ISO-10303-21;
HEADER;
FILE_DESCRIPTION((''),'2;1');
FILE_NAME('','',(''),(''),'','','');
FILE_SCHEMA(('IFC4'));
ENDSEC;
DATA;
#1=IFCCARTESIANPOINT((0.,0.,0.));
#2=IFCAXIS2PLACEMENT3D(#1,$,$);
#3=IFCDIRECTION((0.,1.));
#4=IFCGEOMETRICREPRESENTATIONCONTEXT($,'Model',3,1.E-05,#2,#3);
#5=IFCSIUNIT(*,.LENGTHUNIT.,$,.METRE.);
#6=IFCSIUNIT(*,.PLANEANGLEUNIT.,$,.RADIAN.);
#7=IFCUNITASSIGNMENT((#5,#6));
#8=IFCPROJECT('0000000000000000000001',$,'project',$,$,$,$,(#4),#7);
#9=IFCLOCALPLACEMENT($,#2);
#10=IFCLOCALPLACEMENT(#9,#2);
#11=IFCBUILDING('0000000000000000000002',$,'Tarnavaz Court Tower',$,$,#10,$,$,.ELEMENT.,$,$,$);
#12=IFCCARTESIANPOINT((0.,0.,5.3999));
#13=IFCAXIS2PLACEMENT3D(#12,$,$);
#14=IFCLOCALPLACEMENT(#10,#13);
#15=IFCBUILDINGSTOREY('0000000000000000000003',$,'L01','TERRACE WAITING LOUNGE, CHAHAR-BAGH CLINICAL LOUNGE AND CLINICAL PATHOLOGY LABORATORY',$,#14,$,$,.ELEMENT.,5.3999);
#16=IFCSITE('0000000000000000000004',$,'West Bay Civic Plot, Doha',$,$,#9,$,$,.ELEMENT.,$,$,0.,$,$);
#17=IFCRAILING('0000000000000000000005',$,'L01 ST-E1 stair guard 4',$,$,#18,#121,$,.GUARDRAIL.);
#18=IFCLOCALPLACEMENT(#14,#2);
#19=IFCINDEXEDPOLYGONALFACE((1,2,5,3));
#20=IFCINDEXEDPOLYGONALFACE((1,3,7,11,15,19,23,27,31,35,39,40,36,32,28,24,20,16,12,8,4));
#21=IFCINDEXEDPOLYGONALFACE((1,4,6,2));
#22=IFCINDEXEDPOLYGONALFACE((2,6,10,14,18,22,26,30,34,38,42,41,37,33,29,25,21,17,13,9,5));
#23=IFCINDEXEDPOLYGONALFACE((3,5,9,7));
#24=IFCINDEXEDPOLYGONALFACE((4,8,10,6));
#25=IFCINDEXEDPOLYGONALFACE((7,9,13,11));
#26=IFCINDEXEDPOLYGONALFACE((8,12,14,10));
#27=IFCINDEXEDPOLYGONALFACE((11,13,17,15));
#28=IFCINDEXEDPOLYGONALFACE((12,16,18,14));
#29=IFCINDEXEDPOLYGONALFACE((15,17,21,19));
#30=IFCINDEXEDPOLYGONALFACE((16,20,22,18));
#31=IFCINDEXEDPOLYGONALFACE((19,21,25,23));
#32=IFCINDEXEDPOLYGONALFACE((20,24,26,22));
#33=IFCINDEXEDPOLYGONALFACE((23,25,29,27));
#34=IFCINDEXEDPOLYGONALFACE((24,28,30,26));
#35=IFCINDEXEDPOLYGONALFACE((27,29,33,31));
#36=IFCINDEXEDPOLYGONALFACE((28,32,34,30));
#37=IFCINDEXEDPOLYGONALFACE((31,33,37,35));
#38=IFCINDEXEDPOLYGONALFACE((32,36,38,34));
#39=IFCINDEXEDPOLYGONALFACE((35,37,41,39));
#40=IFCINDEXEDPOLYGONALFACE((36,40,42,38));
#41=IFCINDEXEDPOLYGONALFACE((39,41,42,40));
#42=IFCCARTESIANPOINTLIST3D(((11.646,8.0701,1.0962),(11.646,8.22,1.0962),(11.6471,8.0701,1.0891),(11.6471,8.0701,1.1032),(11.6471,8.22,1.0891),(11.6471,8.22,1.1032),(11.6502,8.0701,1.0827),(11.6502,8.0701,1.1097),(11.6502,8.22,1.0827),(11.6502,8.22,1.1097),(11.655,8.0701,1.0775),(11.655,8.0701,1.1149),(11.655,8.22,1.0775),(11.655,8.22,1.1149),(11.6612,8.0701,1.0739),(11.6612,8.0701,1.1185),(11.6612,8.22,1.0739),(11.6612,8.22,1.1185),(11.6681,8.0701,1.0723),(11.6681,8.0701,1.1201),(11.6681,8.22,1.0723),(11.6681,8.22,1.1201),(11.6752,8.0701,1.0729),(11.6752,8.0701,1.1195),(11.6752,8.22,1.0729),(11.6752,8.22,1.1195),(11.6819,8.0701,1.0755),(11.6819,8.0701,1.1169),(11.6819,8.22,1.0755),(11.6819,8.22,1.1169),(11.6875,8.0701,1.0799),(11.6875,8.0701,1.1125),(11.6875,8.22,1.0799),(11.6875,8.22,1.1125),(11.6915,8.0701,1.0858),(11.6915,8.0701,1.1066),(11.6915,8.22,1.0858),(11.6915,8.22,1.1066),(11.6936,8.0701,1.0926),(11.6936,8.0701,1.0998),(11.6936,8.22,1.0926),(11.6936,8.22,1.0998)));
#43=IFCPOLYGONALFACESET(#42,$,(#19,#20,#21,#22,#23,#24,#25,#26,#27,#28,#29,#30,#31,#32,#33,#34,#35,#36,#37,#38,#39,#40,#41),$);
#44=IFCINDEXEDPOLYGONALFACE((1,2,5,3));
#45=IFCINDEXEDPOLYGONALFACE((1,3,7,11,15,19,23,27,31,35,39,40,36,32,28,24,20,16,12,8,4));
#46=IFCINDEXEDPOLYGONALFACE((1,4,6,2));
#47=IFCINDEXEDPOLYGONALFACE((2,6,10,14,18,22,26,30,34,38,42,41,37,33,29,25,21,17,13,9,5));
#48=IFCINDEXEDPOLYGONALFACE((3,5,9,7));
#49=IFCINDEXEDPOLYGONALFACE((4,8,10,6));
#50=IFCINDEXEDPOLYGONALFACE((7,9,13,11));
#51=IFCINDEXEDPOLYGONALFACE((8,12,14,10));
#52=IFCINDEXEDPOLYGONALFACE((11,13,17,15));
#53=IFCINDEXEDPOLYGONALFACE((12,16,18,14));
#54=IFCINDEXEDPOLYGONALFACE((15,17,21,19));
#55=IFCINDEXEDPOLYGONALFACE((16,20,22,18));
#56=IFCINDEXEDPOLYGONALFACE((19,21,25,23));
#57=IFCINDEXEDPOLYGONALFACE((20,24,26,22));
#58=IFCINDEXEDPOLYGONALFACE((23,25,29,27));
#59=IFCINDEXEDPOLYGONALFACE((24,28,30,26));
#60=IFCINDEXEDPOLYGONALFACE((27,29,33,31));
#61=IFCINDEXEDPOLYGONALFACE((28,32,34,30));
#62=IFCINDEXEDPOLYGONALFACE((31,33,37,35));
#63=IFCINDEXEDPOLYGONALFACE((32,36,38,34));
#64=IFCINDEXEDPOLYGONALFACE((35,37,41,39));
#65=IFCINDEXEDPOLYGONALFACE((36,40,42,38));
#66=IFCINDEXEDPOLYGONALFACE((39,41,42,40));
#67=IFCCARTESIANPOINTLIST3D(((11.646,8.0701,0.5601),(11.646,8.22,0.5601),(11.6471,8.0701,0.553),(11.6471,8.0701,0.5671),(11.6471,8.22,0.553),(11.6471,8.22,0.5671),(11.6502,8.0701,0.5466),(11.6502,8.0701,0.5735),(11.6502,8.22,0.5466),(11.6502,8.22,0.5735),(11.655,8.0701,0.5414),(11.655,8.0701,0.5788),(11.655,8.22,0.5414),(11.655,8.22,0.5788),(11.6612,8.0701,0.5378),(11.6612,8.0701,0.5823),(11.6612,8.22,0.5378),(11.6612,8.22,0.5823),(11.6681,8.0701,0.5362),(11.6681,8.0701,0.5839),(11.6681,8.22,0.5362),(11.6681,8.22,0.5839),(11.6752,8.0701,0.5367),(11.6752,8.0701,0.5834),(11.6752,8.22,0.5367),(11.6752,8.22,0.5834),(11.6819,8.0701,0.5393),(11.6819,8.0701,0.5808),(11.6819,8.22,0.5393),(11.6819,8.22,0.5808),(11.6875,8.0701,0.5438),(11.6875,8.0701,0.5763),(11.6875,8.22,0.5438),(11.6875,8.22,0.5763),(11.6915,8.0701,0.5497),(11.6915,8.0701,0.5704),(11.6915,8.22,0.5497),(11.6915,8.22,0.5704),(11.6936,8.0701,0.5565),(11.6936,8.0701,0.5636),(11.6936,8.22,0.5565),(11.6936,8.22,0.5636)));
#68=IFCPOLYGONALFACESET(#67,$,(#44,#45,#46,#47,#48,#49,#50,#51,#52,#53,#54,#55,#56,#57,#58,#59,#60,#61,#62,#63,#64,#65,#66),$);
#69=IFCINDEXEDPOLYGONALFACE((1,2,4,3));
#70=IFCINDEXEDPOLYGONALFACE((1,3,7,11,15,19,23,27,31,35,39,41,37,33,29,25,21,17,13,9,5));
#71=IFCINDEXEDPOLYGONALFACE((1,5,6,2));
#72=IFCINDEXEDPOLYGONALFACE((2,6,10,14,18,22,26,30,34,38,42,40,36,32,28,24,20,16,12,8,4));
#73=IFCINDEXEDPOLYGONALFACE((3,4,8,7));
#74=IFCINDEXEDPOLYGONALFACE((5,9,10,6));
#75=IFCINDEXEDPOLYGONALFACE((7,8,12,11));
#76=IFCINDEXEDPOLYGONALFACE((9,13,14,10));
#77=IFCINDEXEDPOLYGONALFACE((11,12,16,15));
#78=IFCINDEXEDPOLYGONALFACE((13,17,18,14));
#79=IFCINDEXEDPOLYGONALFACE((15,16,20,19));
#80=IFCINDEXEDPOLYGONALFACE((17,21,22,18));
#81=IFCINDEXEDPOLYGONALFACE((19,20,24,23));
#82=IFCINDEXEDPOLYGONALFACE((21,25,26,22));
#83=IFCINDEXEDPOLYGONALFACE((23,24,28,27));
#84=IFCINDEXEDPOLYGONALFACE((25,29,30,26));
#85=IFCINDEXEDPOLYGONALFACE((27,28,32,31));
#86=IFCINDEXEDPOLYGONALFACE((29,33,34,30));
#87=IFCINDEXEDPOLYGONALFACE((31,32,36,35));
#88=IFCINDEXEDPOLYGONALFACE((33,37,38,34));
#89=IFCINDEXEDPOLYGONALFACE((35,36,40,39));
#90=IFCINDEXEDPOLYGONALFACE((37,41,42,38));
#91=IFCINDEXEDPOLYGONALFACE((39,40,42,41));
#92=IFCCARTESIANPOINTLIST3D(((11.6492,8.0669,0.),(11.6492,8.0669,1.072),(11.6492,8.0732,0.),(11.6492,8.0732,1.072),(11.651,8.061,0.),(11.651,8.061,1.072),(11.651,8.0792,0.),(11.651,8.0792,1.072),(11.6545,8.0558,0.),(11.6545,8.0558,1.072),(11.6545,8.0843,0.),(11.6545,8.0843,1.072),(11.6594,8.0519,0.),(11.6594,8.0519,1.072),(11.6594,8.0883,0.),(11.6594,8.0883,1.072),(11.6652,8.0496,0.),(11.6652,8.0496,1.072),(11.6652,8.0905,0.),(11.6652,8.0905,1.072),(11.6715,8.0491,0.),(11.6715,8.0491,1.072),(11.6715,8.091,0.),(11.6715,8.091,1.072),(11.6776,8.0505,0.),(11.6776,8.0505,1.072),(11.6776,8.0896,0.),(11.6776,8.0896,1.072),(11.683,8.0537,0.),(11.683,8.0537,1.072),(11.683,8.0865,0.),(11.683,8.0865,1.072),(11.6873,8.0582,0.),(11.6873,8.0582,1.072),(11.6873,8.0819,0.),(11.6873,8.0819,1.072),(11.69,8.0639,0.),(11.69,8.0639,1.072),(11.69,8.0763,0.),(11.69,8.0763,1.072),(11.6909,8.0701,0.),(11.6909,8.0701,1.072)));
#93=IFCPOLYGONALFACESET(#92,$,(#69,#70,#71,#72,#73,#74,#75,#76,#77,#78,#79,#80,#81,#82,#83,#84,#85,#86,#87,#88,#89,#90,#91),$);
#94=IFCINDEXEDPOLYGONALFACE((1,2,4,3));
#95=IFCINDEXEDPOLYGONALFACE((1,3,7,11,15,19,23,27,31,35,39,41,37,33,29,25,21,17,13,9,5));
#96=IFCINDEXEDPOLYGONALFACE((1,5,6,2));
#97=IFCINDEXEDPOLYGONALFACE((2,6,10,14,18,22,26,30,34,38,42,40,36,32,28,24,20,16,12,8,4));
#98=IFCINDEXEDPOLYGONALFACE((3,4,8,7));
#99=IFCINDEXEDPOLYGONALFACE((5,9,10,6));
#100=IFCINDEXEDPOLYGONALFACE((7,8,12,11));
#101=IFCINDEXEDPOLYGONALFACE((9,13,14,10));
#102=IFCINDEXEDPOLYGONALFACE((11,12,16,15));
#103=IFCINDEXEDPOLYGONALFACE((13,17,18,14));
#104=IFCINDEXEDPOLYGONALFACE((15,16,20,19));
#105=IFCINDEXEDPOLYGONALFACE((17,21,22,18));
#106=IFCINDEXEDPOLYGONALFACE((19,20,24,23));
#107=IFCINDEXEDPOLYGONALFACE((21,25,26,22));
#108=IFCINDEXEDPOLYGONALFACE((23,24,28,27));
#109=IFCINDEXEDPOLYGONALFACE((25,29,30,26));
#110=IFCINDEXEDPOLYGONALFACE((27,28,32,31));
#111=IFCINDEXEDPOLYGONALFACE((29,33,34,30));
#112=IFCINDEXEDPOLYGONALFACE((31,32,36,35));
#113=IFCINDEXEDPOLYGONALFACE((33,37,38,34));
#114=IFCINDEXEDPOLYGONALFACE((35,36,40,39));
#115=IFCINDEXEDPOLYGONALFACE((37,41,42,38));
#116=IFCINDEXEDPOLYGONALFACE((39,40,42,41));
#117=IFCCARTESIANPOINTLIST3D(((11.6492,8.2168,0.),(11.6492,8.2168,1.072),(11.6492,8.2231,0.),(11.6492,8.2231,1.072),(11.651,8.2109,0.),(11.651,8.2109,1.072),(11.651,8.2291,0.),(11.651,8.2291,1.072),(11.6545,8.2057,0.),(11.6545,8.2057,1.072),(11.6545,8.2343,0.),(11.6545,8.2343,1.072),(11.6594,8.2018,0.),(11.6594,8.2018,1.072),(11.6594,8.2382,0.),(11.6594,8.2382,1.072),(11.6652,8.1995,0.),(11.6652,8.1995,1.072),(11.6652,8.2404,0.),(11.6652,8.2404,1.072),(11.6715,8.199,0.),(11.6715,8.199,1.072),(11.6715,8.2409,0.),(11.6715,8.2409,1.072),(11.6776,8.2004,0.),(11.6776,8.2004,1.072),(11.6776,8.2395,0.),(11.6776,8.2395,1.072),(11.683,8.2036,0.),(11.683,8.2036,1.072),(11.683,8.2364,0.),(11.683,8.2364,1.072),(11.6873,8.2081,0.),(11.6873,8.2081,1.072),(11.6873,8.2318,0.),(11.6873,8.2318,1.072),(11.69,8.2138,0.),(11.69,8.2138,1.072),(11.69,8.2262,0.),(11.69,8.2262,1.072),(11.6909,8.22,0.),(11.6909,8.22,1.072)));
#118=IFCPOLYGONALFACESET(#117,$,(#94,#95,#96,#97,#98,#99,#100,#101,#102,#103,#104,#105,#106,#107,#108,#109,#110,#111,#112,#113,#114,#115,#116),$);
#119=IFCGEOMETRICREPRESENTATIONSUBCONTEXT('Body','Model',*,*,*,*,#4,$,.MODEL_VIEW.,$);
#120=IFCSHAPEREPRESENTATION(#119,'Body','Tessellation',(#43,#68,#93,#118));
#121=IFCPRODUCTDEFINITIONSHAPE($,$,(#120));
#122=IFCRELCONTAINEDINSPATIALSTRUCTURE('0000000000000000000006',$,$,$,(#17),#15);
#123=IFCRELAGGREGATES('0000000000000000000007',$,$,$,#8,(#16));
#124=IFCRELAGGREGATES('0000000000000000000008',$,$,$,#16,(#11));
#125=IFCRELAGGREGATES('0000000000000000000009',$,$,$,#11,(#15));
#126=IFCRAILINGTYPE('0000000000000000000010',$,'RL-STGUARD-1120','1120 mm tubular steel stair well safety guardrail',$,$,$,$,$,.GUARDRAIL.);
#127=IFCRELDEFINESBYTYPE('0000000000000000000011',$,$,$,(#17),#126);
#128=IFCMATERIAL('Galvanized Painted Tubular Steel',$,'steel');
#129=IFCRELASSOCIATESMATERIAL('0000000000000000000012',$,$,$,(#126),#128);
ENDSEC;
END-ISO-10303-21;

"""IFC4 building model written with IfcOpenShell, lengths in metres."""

from ifc_helpers import new_model, si_unit, direction, frame, origin, origin_2d, place, context, subcontext, project, spatial, circle, extrude, material, type_object, element, save


model = new_model("IFC4")

# Units and contexts
model_context = context("Model", 3, precision=1e-05, world=origin(), true_north=direction((0.0, 1.0)))
body_context = subcontext(model_context, "Body", "Model", "MODEL_VIEW")
ifc_project = project(units=[si_unit("LENGTHUNIT", "METRE"), si_unit("PLANEANGLEUNIT", "RADIAN")], contexts=[model_context])

# Site, building, storey
site_placement = place(None, origin())
site = spatial("IfcSite", under=ifc_project, at=site_placement, Name="West Bay Civic Plot, Doha", CompositionType="ELEMENT", RefElevation=0.0)
building_placement = place(site_placement, origin())
building = spatial("IfcBuilding", under=site, at=building_placement, Name="Tarnavaz Court Tower", CompositionType="ELEMENT")
storey_placement = place(building_placement, frame((0.0, 0.0, 5.3999)))
storey = spatial("IfcBuildingStorey", under=building, at=storey_placement, Name="L01", Description="TERRACE WAITING LOUNGE, CHAHAR-BAGH CLINICAL LOUNGE AND CLINICAL PATHOLOGY LABORATORY", CompositionType="ELEMENT", Elevation=5.3999)

# Railing
ifc_material_1 = material(Name="Galvanized Painted Tubular Steel", Category="steel")
railing_type_1 = type_object("IfcRailingType", Name="RL-STGUARD-1120", Description="1120 mm tubular steel stair well safety guardrail", PredefinedType="GUARDRAIL", material=ifc_material_1)
railing_1_placement = place(storey_placement, frame((11.6699, 8.0701, 0.0)))
element("IfcRailing", 1, at=railing_1_placement, inside=storey, type_object=railing_type_1, Name="L01 ST-E1 stair guard 4", PredefinedType="GUARDRAIL", context=body_context, shape_type="SweptSolid", body=[
    extrude(circle(Radius=0.0239, at=origin_2d()), frame((0.0, 0.0, 1.0962), z_axis=(0.0, 1.0, 0.0), x_axis=(-1.0, 0.0, 0.0)), (0.0, 0.0, 1.0), 0.1499),
    extrude(circle(Radius=0.0239, at=origin_2d()), frame((0.0, 0.0, 0.5601), z_axis=(0.0, 1.0, 0.0), x_axis=(-1.0, 0.0, 0.0)), (0.0, 0.0, 1.0), 0.1499),
    extrude(circle(Radius=0.021, at=origin_2d()), origin(), (0.0, 0.0, 1.0), 1.072),
    extrude(circle(Radius=0.021, at=origin_2d()), frame((0.0, 0.1499, 0.0)), (0.0, 0.0, 1.0), 1.072),
])

save(model, "model.ifc")
